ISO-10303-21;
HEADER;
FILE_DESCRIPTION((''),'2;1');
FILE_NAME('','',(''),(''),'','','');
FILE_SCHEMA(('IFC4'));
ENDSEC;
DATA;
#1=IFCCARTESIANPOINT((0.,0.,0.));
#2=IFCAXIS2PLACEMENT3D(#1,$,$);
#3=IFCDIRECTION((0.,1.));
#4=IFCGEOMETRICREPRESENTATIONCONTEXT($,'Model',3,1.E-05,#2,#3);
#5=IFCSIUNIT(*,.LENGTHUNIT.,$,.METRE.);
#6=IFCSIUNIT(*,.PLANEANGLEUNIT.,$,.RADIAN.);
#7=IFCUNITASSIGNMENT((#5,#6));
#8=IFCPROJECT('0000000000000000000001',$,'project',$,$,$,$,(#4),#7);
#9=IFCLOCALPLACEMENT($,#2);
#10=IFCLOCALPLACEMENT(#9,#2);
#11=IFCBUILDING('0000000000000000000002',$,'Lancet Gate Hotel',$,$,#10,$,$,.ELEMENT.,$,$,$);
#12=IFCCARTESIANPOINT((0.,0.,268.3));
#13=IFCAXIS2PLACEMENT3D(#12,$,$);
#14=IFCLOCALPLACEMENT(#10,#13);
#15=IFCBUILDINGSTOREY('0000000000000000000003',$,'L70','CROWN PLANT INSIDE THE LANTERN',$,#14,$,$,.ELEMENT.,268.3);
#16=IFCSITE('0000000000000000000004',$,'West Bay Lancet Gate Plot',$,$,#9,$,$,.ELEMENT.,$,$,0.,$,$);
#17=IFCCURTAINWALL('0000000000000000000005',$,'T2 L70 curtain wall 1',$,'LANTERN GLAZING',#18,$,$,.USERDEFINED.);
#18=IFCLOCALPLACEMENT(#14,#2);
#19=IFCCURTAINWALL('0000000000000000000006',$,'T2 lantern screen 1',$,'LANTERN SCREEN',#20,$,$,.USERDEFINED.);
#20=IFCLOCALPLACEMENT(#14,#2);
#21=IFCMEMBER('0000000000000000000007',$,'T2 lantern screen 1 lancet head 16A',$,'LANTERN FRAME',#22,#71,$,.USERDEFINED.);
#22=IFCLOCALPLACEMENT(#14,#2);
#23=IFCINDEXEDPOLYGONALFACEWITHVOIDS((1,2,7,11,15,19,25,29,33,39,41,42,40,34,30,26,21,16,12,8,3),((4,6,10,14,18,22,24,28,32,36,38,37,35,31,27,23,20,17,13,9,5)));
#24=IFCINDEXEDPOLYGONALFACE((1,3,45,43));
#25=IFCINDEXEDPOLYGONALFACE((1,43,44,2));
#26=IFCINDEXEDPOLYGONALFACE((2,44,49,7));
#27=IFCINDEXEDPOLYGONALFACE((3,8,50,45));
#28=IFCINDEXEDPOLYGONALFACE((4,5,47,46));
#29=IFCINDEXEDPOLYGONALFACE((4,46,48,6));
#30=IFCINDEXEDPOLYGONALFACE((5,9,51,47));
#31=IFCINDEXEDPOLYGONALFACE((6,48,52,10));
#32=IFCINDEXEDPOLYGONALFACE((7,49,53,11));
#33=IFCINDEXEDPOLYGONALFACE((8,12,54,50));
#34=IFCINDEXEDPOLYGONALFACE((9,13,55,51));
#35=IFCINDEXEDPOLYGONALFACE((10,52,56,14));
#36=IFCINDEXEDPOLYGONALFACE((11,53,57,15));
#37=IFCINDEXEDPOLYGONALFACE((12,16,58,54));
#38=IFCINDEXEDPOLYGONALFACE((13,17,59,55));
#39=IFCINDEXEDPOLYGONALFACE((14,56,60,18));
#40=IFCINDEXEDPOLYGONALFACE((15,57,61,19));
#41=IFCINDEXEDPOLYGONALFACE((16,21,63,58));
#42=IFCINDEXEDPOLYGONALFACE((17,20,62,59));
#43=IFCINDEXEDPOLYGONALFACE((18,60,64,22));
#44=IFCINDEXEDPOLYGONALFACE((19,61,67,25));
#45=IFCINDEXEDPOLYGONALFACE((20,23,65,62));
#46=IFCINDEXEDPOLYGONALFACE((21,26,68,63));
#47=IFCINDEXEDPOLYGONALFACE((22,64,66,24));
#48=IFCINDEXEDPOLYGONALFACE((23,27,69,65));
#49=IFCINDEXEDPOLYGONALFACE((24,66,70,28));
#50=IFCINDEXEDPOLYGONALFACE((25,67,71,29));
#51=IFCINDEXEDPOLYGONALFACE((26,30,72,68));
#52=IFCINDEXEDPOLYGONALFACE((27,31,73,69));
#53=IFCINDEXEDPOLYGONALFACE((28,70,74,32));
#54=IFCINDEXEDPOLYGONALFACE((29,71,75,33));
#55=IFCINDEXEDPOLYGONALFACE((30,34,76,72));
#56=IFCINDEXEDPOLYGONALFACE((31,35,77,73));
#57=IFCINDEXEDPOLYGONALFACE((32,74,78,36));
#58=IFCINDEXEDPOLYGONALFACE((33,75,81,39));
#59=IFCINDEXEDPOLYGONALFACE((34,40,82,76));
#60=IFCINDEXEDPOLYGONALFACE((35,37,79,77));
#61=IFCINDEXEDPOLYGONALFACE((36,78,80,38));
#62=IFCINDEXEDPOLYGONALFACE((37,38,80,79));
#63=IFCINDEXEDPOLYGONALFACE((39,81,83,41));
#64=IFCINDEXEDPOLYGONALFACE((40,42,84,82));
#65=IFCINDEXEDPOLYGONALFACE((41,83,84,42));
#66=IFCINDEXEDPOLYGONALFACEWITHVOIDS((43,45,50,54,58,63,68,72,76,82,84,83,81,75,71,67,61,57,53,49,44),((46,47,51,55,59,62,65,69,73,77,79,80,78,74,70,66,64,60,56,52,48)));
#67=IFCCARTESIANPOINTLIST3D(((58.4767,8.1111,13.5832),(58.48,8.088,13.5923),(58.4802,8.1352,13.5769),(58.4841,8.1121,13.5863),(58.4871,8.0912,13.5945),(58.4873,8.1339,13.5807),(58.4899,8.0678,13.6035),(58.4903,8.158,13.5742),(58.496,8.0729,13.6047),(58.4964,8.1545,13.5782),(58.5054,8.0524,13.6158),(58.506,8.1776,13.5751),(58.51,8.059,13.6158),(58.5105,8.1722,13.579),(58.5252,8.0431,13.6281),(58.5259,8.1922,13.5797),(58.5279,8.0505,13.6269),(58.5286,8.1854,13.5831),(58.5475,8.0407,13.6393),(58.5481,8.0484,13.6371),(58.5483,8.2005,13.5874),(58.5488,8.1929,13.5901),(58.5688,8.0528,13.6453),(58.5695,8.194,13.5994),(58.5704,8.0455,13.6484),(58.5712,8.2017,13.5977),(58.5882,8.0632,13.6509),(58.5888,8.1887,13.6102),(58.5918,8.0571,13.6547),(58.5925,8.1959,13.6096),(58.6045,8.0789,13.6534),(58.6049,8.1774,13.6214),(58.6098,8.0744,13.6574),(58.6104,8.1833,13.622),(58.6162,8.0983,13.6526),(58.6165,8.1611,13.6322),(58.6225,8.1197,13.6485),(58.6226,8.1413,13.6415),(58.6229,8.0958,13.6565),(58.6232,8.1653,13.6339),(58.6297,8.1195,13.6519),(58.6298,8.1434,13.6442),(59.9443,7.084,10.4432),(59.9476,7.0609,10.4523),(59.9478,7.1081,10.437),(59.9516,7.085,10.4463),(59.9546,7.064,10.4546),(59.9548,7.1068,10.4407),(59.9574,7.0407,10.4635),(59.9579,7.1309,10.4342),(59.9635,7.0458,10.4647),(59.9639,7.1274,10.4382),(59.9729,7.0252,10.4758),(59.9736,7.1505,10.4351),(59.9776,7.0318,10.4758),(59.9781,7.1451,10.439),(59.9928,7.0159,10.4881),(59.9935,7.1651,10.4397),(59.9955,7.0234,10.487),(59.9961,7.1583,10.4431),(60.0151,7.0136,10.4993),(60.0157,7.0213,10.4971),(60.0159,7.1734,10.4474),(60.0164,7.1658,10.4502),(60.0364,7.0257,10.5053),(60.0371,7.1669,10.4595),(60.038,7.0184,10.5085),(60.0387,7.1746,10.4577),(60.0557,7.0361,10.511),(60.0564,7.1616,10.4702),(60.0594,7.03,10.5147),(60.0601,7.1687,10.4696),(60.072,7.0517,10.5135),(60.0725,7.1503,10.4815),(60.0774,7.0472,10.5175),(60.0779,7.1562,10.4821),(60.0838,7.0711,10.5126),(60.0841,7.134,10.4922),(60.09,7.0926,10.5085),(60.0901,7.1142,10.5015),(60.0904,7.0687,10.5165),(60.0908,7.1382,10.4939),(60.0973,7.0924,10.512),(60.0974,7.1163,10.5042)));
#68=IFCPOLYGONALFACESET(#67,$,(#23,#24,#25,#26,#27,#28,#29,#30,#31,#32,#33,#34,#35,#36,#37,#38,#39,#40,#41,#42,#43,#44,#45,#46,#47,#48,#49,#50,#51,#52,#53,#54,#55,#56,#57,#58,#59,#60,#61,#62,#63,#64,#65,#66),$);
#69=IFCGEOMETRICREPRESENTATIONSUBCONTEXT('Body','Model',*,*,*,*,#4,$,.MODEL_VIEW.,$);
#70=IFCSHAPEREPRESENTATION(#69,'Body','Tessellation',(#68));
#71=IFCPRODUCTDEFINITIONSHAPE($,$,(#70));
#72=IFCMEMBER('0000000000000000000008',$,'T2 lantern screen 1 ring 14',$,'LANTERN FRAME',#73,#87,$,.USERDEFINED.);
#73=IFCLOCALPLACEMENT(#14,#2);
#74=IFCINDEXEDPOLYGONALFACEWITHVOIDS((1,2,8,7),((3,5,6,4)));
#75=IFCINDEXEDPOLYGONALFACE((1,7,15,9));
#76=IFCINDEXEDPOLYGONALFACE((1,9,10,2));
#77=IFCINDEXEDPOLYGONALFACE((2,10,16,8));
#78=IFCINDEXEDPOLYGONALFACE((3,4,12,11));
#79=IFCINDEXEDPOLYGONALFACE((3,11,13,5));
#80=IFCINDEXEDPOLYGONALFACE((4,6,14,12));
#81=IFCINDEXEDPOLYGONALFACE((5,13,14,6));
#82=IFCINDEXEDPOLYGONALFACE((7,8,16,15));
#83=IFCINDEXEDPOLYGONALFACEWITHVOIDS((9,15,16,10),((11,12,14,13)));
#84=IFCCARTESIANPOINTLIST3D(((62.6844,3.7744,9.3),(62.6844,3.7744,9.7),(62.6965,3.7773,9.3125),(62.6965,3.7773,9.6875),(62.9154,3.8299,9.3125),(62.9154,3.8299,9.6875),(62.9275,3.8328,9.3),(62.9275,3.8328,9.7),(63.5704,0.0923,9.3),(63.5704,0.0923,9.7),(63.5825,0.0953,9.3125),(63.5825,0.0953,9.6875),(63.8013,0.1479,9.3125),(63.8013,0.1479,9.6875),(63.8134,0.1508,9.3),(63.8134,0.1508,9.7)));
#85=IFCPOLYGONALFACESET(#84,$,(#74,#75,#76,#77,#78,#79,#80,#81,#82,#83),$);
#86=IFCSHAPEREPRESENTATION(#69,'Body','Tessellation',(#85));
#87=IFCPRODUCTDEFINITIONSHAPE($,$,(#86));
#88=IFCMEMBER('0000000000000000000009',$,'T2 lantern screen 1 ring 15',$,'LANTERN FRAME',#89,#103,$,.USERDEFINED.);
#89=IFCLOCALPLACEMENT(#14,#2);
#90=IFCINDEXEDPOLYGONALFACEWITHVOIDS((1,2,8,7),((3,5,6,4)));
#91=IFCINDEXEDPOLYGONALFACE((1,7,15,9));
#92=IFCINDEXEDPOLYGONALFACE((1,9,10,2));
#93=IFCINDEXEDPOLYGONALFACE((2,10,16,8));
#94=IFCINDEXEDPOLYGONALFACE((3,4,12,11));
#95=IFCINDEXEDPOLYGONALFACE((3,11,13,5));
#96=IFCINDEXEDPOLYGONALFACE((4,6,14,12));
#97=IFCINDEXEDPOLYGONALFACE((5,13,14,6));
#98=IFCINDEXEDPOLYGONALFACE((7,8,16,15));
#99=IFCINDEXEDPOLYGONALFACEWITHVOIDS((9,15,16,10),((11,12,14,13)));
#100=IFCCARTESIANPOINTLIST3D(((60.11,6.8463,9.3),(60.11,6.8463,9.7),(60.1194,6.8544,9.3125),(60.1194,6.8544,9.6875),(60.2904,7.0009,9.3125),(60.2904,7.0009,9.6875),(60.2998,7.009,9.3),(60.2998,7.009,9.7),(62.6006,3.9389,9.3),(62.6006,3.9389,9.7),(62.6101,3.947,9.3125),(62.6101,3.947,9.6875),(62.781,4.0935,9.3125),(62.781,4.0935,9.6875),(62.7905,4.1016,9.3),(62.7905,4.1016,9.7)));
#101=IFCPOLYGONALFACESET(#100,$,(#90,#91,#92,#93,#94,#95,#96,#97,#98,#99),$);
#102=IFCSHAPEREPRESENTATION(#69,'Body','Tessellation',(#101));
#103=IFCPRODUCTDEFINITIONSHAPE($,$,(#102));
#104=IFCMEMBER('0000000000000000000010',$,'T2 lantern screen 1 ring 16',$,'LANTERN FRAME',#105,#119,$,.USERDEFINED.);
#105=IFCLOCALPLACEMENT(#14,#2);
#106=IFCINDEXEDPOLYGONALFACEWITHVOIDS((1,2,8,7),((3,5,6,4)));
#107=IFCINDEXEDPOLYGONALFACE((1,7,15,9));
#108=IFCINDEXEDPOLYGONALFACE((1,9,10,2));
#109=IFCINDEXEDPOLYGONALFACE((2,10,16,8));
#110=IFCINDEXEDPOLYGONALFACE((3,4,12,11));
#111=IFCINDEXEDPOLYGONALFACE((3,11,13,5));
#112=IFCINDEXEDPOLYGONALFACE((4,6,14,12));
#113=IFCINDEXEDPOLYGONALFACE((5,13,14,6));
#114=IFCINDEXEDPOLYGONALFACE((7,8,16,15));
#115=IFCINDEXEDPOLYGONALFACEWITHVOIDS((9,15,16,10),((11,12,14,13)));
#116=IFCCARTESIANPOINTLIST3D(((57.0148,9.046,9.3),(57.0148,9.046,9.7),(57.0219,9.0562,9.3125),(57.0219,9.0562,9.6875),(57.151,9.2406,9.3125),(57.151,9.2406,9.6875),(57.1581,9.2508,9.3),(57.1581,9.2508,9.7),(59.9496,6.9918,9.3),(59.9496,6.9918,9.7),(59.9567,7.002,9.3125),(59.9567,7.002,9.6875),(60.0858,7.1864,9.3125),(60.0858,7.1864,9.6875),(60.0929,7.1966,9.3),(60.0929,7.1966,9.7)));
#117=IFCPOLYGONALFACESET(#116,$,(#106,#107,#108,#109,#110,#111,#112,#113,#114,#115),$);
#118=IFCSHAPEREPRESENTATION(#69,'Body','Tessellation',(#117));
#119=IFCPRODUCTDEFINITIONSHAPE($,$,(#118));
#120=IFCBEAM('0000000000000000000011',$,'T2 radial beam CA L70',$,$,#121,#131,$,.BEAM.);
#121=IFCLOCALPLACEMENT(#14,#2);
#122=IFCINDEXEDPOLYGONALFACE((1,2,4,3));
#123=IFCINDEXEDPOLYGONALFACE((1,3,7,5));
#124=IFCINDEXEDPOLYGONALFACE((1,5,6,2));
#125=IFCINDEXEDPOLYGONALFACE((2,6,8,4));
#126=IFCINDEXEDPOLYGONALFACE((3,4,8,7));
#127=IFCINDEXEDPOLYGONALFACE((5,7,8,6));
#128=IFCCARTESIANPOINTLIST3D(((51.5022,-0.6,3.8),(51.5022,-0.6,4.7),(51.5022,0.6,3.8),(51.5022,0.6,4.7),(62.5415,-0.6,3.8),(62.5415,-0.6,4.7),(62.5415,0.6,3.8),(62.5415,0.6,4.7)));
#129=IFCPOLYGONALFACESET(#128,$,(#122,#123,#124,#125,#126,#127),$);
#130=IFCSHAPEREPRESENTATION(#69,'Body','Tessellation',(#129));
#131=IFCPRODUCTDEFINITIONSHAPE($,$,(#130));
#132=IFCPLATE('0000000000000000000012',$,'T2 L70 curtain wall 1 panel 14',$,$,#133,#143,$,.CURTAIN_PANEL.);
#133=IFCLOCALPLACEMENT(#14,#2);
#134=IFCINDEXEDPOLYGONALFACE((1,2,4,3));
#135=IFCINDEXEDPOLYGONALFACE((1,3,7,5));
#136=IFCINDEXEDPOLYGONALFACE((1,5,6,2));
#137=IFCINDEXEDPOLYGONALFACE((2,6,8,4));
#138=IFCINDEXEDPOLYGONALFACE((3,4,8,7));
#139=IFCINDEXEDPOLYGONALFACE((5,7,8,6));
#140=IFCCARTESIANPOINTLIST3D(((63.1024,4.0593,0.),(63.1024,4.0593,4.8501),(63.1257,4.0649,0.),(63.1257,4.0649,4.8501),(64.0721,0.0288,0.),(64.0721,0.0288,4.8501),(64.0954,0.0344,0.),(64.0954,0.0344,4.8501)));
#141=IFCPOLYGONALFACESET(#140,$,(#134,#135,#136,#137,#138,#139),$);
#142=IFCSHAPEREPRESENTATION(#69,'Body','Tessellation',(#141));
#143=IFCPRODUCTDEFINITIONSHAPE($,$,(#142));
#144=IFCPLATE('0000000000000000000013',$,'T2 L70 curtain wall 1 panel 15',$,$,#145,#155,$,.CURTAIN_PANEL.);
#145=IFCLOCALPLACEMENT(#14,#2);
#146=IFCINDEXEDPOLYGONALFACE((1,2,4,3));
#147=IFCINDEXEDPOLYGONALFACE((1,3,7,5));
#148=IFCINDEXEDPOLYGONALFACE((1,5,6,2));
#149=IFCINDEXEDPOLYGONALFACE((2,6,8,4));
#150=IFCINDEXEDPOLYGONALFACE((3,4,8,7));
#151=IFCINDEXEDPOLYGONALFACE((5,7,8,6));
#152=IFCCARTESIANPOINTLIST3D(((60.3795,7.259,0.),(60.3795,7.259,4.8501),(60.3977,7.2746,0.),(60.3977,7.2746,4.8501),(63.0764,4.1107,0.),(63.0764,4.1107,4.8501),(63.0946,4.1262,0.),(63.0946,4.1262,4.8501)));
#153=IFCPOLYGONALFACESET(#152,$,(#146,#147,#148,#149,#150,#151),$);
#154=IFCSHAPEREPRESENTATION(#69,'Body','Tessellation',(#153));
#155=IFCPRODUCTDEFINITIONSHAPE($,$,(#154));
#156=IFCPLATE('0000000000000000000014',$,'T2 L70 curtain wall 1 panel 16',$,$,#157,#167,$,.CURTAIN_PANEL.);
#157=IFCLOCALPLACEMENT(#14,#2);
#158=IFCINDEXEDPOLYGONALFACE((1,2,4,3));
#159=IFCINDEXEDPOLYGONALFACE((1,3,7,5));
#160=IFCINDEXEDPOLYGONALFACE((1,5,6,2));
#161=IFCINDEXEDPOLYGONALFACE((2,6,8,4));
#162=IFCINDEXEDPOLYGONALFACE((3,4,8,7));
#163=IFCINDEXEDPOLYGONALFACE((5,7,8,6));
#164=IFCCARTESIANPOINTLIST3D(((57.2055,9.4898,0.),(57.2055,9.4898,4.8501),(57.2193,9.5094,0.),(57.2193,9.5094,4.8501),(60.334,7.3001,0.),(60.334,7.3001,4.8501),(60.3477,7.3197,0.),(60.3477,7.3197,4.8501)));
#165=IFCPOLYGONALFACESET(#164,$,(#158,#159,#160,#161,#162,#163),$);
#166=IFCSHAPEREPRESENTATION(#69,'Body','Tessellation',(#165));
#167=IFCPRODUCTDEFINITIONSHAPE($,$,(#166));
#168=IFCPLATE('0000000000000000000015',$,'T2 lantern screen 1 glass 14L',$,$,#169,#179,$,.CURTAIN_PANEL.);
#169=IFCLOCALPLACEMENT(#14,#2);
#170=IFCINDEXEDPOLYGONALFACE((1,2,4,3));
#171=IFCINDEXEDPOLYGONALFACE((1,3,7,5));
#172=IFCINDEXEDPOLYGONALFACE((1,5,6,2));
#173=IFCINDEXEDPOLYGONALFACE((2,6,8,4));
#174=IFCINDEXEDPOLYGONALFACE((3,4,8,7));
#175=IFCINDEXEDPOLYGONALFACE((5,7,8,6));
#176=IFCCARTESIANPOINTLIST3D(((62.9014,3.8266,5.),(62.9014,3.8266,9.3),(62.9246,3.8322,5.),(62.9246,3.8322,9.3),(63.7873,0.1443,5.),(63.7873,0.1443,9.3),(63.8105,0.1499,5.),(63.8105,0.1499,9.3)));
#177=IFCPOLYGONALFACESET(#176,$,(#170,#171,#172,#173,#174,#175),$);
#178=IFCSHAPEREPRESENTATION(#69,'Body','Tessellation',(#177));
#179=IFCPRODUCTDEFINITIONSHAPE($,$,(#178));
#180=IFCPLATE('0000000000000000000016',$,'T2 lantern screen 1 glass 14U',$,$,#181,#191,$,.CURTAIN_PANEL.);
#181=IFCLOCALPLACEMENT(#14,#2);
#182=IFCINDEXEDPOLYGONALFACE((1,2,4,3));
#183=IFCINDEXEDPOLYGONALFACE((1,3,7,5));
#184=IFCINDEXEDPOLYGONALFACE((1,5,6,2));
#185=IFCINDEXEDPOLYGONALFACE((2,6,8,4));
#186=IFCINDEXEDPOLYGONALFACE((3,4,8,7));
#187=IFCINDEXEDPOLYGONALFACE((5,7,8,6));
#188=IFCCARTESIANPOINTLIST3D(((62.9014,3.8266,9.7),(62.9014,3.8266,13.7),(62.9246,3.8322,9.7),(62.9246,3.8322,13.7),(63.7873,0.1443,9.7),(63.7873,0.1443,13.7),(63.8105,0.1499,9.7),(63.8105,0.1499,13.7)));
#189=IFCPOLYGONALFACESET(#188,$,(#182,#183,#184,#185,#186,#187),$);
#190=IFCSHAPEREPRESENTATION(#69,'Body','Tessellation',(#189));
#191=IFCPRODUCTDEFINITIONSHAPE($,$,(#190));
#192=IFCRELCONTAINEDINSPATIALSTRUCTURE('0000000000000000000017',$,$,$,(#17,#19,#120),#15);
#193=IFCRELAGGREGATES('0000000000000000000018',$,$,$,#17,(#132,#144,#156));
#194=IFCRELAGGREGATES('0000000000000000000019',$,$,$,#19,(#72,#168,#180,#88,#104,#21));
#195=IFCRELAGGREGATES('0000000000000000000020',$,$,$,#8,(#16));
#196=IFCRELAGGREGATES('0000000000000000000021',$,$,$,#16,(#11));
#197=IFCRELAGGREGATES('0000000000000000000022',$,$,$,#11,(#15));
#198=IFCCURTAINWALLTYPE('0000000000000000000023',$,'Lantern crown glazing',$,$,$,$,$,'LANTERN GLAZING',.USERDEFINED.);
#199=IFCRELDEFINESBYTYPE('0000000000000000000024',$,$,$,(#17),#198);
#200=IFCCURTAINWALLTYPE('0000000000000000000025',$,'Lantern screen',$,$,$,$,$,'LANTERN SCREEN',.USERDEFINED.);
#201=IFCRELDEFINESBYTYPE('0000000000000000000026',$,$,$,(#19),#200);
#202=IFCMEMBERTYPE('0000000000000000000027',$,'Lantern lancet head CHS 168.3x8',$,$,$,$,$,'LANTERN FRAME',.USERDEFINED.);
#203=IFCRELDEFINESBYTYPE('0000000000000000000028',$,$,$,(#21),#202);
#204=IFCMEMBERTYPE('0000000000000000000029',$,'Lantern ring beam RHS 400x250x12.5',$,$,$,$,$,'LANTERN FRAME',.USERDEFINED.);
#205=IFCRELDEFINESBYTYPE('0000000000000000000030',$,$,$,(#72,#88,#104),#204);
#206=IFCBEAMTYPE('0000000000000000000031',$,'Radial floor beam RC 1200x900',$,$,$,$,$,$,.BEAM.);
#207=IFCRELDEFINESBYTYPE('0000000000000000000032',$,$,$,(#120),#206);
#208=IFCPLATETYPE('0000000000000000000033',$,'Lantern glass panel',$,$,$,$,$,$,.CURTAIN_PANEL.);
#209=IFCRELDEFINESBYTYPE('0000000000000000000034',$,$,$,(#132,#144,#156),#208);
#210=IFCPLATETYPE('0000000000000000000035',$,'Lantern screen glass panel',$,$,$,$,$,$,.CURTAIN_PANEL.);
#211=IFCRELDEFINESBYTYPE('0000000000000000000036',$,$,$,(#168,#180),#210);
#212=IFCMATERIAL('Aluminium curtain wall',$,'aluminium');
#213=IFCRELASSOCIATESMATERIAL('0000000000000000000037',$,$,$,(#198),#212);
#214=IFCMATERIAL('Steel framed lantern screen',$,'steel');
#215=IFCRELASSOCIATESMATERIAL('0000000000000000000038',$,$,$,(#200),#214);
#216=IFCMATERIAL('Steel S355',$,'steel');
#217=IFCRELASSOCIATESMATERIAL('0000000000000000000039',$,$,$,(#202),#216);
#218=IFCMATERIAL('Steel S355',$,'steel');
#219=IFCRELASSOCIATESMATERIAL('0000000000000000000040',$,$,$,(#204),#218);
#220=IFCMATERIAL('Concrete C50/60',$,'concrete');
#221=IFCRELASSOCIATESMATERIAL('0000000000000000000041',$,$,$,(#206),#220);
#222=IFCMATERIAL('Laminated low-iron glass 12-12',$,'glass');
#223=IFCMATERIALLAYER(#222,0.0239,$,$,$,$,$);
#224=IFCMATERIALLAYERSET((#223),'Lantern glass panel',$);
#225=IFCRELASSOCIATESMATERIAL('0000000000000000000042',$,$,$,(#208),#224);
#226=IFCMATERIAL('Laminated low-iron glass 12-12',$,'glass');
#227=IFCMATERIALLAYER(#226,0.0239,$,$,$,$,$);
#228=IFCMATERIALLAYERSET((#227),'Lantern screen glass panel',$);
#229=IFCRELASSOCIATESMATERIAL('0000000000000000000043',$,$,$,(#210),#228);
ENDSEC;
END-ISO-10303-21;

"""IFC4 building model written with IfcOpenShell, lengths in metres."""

from ifc_helpers import new_model, si_unit, direction, frame, origin, origin_2d, place, context, subcontext, project, spatial, rectangle, hollow_rectangle, hollow_circle, extrude, material, layer, layer_set, material_profile, profile_set, type_object, element, aggregate, save


model = new_model("IFC4")

# Units and contexts
model_context = context("Model", 3, precision=1e-05, world=origin(), true_north=direction((0.0, 1.0)))
body_context = subcontext(model_context, "Body", "Model", "MODEL_VIEW")
ifc_project = project(units=[si_unit("LENGTHUNIT", "METRE"), si_unit("PLANEANGLEUNIT", "RADIAN")], contexts=[model_context])

# Site, building, storey
site_placement = place(None, origin())
site = spatial("IfcSite", under=ifc_project, at=site_placement, Name="West Bay Lancet Gate Plot", CompositionType="ELEMENT", RefElevation=0.0)
building_placement = place(site_placement, origin())
building = spatial("IfcBuilding", under=site, at=building_placement, Name="Lancet Gate Hotel", CompositionType="ELEMENT")
storey_placement = place(building_placement, frame((0.0, 0.0, 268.3)))
storey = spatial("IfcBuildingStorey", under=building, at=storey_placement, Name="L70", Description="CROWN PLANT INSIDE THE LANTERN", CompositionType="ELEMENT", Elevation=268.3)

# Curtain wall
ifc_material_1 = material(Name="Aluminium curtain wall", Category="aluminium")
curtain_wall_type_1 = type_object("IfcCurtainWallType", Name="Lantern crown glazing", ElementType="LANTERN GLAZING", PredefinedType="USERDEFINED", material=ifc_material_1)
curtain_wall_1_placement = place(storey_placement, origin())
curtain_wall_1 = element("IfcCurtainWall", 1, at=curtain_wall_1_placement, inside=storey, type_object=curtain_wall_type_1, Name="T2 L70 curtain wall 1", ObjectType="LANTERN GLAZING", PredefinedType="USERDEFINED")

# Curtain wall, members
ifc_material_2 = material(Name="Steel framed lantern screen", Category="steel")
curtain_wall_type_2 = type_object("IfcCurtainWallType", Name="Lantern screen", ElementType="LANTERN SCREEN", PredefinedType="USERDEFINED", material=ifc_material_2)
curtain_wall_2_placement = place(storey_placement, origin())
curtain_wall_2 = element("IfcCurtainWall", 2, at=curtain_wall_2_placement, inside=storey, type_object=curtain_wall_type_2, Name="T2 lantern screen 1", ObjectType="LANTERN SCREEN", PredefinedType="USERDEFINED")
ifc_material_3 = material(Name="Steel S355", Category="steel")
ifc_material_profile_1 = material_profile(ifc_material_3, hollow_circle(Radius=0.0842, WallThickness=0.0081, at=origin_2d()), Name="CHS 168.3x8.0")
ifc_profile_set_1 = profile_set([ifc_material_profile_1], Name="Steel S355")
member_type_1 = type_object("IfcMemberType", Name="Lantern lancet head CHS 168.3x8", ElementType="LANTERN FRAME", PredefinedType="USERDEFINED", material=ifc_profile_set_1)
member_1_placement = place(storey_placement, frame((60.0212, 7.0942, 10.4758), z_axis=(-0.405967, 0.284129, 0.868597), x_axis=(-0.573398, -0.819277, 0.0)))
member_1 = element("IfcMember", 3, at=member_1_placement, type_object=member_type_1, Name="T2 lantern screen 1 lancet head 16A", ObjectType="LANTERN FRAME", PredefinedType="USERDEFINED", context=body_context, shape_type="SweptSolid", body=[
    extrude(hollow_circle(Radius=0.0842, WallThickness=0.0081, at=origin_2d()), origin(), (0.0, 0.0, 1.0), 3.615),
])
ifc_material_4 = material(Name="Steel S355", Category="steel")
ifc_material_profile_2 = material_profile(ifc_material_4, hollow_rectangle(XDim=0.25, YDim=0.3999, WallThickness=0.0125, at=origin_2d()), Name="RHS 400x250x12.5")
ifc_profile_set_2 = profile_set([ifc_material_profile_2], Name="Steel S355")
member_type_2 = type_object("IfcMemberType", Name="Lantern ring beam RHS 400x250x12.5", ElementType="LANTERN FRAME", PredefinedType="USERDEFINED", material=ifc_profile_set_2)
member_2_placement = place(storey_placement, frame((63.6919, 0.1216, 9.5), z_axis=(-0.233941, 0.972251, 0.0), x_axis=(-0.972251, -0.233941, 0.0)))
member_2 = element("IfcMember", 4, at=member_2_placement, type_object=member_type_2, Name="T2 lantern screen 1 ring 14", ObjectType="LANTERN FRAME", PredefinedType="USERDEFINED", context=body_context, shape_type="SweptSolid", body=[
    extrude(hollow_rectangle(XDim=0.25, YDim=0.3999, WallThickness=0.0125, at=origin_2d()), origin(), (0.0, 0.0, 1.0), 3.7871),
])
member_3_placement = place(storey_placement, frame((62.6956, 4.0203, 9.5), z_axis=(-0.650581, 0.759437, 0.0), x_axis=(-0.759437, -0.650581, 0.0)))
member_3 = element("IfcMember", 5, at=member_3_placement, type_object=member_type_2, Name="T2 lantern screen 1 ring 15", ObjectType="LANTERN FRAME", PredefinedType="USERDEFINED", context=body_context, shape_type="SweptSolid", body=[
    extrude(hollow_rectangle(XDim=0.25, YDim=0.3999, WallThickness=0.0125, at=origin_2d()), origin(), (0.0, 0.0, 1.0), 3.8284),
])
member_4_placement = place(storey_placement, frame((60.0212, 7.0942, 9.5), z_axis=(-0.819254, 0.57343, 0.0), x_axis=(-0.57343, -0.819254, 0.0)))
member_4 = element("IfcMember", 6, at=member_4_placement, type_object=member_type_2, Name="T2 lantern screen 1 ring 16", ObjectType="LANTERN FRAME", PredefinedType="USERDEFINED", context=body_context, shape_type="SweptSolid", body=[
    extrude(hollow_rectangle(XDim=0.25, YDim=0.3999, WallThickness=0.0125, at=origin_2d()), origin(), (0.0, 0.0, 1.0), 3.5823),
])

# Beam
ifc_material_5 = material(Name="Concrete C50/60", Category="concrete")
ifc_material_profile_3 = material_profile(ifc_material_5, rectangle(XDim=1.2, YDim=0.8999, at=origin_2d()), Name="RC 1200x900")
ifc_profile_set_3 = profile_set([ifc_material_profile_3], Name="Concrete C50/60")
beam_type_1 = type_object("IfcBeamType", Name="Radial floor beam RC 1200x900", PredefinedType="BEAM", material=ifc_profile_set_3)
beam_1_placement = place(storey_placement, frame((62.5415, 0.0, 4.25), z_axis=(-1.0, 0.0, 0.0), x_axis=(0.0, -1.0, 0.0)))
element("IfcBeam", 7, at=beam_1_placement, inside=storey, type_object=beam_type_1, Name="T2 radial beam CA L70", PredefinedType="BEAM", context=body_context, shape_type="SweptSolid", body=[
    extrude(rectangle(XDim=1.2, YDim=0.8999, at=origin_2d()), origin(), (0.0, 0.0, 1.0), 11.0393),
])

# Plates
ifc_material_6 = material(Name="Laminated low-iron glass 12-12", Category="glass")
ifc_layer_1 = layer(ifc_material_6, 0.0239)
ifc_layer_set_1 = layer_set([ifc_layer_1], Name="Lantern glass panel")
plate_type_1 = type_object("IfcPlateType", Name="Lantern glass panel", PredefinedType="CURTAIN_PANEL", material=ifc_layer_set_1)
plate_1_placement = place(storey_placement, frame((63.5989, 2.0469, 0.0), z_axis=(0.0, 0.0, 1.0), x_axis=(-0.233916, 0.972257, 0.0)))
plate_1 = element("IfcPlate", 8, at=plate_1_placement, type_object=plate_type_1, Name="T2 L70 curtain wall 1 panel 14", PredefinedType="CURTAIN_PANEL", context=body_context, shape_type="SweptSolid", body=[
    extrude(rectangle(XDim=4.1455, YDim=0.0239, at=origin_2d()), origin(), (0.0, 0.0, 1.0), 4.8501),
])
plate_2_placement = place(storey_placement, frame((61.7371, 5.6926, 0.0), z_axis=(0.0, 0.0, 1.0), x_axis=(-0.650552, 0.759462, 0.0)))
plate_2 = element("IfcPlate", 9, at=plate_2_placement, type_object=plate_type_1, Name="T2 L70 curtain wall 1 panel 15", PredefinedType="CURTAIN_PANEL", context=body_context, shape_type="SweptSolid", body=[
    extrude(rectangle(XDim=4.1455, YDim=0.0239, at=origin_2d()), origin(), (0.0, 0.0, 1.0), 4.8501),
])
plate_3_placement = place(storey_placement, frame((58.7766, 8.4048, 0.0), z_axis=(0.0, 0.0, 1.0), x_axis=(-0.819255, 0.573429, 0.0)))
plate_3 = element("IfcPlate", 10, at=plate_3_placement, type_object=plate_type_1, Name="T2 L70 curtain wall 1 panel 16", PredefinedType="CURTAIN_PANEL", context=body_context, shape_type="SweptSolid", body=[
    extrude(rectangle(XDim=3.8186, YDim=0.0239, at=origin_2d()), origin(), (0.0, 0.0, 1.0), 4.8501),
])
aggregate(curtain_wall_1, [plate_1, plate_2, plate_3])
ifc_material_7 = material(Name="Laminated low-iron glass 12-12", Category="glass")
ifc_layer_2 = layer(ifc_material_7, 0.0239)
ifc_layer_set_2 = layer_set([ifc_layer_2], Name="Lantern screen glass panel")
plate_type_2 = type_object("IfcPlateType", Name="Lantern screen glass panel", PredefinedType="CURTAIN_PANEL", material=ifc_layer_set_2)
plate_4_placement = place(storey_placement, frame((63.356, 1.9883, 5.0), z_axis=(0.0, 0.0, 1.0), x_axis=(-0.233916, 0.972257, 0.0)))
plate_4 = element("IfcPlate", 11, at=plate_4_placement, type_object=plate_type_2, Name="T2 lantern screen 1 glass 14L", PredefinedType="CURTAIN_PANEL", context=body_context, shape_type="SweptSolid", body=[
    extrude(rectangle(XDim=3.7874, YDim=0.0239, at=origin_2d()), origin(), (0.0, 0.0, 1.0), 4.3),
])
plate_5_placement = place(storey_placement, frame((63.356, 1.9883, 9.7), z_axis=(0.0, 0.0, 1.0), x_axis=(-0.233916, 0.972257, 0.0)))
plate_5 = element("IfcPlate", 12, at=plate_5_placement, type_object=plate_type_2, Name="T2 lantern screen 1 glass 14U", PredefinedType="CURTAIN_PANEL", context=body_context, shape_type="SweptSolid", body=[
    extrude(rectangle(XDim=3.7874, YDim=0.0239, at=origin_2d()), origin(), (0.0, 0.0, 1.0), 4.0),
])
aggregate(curtain_wall_2, [member_2, plate_4, plate_5, member_3, member_4, member_1])

save(model, "model.ifc")
